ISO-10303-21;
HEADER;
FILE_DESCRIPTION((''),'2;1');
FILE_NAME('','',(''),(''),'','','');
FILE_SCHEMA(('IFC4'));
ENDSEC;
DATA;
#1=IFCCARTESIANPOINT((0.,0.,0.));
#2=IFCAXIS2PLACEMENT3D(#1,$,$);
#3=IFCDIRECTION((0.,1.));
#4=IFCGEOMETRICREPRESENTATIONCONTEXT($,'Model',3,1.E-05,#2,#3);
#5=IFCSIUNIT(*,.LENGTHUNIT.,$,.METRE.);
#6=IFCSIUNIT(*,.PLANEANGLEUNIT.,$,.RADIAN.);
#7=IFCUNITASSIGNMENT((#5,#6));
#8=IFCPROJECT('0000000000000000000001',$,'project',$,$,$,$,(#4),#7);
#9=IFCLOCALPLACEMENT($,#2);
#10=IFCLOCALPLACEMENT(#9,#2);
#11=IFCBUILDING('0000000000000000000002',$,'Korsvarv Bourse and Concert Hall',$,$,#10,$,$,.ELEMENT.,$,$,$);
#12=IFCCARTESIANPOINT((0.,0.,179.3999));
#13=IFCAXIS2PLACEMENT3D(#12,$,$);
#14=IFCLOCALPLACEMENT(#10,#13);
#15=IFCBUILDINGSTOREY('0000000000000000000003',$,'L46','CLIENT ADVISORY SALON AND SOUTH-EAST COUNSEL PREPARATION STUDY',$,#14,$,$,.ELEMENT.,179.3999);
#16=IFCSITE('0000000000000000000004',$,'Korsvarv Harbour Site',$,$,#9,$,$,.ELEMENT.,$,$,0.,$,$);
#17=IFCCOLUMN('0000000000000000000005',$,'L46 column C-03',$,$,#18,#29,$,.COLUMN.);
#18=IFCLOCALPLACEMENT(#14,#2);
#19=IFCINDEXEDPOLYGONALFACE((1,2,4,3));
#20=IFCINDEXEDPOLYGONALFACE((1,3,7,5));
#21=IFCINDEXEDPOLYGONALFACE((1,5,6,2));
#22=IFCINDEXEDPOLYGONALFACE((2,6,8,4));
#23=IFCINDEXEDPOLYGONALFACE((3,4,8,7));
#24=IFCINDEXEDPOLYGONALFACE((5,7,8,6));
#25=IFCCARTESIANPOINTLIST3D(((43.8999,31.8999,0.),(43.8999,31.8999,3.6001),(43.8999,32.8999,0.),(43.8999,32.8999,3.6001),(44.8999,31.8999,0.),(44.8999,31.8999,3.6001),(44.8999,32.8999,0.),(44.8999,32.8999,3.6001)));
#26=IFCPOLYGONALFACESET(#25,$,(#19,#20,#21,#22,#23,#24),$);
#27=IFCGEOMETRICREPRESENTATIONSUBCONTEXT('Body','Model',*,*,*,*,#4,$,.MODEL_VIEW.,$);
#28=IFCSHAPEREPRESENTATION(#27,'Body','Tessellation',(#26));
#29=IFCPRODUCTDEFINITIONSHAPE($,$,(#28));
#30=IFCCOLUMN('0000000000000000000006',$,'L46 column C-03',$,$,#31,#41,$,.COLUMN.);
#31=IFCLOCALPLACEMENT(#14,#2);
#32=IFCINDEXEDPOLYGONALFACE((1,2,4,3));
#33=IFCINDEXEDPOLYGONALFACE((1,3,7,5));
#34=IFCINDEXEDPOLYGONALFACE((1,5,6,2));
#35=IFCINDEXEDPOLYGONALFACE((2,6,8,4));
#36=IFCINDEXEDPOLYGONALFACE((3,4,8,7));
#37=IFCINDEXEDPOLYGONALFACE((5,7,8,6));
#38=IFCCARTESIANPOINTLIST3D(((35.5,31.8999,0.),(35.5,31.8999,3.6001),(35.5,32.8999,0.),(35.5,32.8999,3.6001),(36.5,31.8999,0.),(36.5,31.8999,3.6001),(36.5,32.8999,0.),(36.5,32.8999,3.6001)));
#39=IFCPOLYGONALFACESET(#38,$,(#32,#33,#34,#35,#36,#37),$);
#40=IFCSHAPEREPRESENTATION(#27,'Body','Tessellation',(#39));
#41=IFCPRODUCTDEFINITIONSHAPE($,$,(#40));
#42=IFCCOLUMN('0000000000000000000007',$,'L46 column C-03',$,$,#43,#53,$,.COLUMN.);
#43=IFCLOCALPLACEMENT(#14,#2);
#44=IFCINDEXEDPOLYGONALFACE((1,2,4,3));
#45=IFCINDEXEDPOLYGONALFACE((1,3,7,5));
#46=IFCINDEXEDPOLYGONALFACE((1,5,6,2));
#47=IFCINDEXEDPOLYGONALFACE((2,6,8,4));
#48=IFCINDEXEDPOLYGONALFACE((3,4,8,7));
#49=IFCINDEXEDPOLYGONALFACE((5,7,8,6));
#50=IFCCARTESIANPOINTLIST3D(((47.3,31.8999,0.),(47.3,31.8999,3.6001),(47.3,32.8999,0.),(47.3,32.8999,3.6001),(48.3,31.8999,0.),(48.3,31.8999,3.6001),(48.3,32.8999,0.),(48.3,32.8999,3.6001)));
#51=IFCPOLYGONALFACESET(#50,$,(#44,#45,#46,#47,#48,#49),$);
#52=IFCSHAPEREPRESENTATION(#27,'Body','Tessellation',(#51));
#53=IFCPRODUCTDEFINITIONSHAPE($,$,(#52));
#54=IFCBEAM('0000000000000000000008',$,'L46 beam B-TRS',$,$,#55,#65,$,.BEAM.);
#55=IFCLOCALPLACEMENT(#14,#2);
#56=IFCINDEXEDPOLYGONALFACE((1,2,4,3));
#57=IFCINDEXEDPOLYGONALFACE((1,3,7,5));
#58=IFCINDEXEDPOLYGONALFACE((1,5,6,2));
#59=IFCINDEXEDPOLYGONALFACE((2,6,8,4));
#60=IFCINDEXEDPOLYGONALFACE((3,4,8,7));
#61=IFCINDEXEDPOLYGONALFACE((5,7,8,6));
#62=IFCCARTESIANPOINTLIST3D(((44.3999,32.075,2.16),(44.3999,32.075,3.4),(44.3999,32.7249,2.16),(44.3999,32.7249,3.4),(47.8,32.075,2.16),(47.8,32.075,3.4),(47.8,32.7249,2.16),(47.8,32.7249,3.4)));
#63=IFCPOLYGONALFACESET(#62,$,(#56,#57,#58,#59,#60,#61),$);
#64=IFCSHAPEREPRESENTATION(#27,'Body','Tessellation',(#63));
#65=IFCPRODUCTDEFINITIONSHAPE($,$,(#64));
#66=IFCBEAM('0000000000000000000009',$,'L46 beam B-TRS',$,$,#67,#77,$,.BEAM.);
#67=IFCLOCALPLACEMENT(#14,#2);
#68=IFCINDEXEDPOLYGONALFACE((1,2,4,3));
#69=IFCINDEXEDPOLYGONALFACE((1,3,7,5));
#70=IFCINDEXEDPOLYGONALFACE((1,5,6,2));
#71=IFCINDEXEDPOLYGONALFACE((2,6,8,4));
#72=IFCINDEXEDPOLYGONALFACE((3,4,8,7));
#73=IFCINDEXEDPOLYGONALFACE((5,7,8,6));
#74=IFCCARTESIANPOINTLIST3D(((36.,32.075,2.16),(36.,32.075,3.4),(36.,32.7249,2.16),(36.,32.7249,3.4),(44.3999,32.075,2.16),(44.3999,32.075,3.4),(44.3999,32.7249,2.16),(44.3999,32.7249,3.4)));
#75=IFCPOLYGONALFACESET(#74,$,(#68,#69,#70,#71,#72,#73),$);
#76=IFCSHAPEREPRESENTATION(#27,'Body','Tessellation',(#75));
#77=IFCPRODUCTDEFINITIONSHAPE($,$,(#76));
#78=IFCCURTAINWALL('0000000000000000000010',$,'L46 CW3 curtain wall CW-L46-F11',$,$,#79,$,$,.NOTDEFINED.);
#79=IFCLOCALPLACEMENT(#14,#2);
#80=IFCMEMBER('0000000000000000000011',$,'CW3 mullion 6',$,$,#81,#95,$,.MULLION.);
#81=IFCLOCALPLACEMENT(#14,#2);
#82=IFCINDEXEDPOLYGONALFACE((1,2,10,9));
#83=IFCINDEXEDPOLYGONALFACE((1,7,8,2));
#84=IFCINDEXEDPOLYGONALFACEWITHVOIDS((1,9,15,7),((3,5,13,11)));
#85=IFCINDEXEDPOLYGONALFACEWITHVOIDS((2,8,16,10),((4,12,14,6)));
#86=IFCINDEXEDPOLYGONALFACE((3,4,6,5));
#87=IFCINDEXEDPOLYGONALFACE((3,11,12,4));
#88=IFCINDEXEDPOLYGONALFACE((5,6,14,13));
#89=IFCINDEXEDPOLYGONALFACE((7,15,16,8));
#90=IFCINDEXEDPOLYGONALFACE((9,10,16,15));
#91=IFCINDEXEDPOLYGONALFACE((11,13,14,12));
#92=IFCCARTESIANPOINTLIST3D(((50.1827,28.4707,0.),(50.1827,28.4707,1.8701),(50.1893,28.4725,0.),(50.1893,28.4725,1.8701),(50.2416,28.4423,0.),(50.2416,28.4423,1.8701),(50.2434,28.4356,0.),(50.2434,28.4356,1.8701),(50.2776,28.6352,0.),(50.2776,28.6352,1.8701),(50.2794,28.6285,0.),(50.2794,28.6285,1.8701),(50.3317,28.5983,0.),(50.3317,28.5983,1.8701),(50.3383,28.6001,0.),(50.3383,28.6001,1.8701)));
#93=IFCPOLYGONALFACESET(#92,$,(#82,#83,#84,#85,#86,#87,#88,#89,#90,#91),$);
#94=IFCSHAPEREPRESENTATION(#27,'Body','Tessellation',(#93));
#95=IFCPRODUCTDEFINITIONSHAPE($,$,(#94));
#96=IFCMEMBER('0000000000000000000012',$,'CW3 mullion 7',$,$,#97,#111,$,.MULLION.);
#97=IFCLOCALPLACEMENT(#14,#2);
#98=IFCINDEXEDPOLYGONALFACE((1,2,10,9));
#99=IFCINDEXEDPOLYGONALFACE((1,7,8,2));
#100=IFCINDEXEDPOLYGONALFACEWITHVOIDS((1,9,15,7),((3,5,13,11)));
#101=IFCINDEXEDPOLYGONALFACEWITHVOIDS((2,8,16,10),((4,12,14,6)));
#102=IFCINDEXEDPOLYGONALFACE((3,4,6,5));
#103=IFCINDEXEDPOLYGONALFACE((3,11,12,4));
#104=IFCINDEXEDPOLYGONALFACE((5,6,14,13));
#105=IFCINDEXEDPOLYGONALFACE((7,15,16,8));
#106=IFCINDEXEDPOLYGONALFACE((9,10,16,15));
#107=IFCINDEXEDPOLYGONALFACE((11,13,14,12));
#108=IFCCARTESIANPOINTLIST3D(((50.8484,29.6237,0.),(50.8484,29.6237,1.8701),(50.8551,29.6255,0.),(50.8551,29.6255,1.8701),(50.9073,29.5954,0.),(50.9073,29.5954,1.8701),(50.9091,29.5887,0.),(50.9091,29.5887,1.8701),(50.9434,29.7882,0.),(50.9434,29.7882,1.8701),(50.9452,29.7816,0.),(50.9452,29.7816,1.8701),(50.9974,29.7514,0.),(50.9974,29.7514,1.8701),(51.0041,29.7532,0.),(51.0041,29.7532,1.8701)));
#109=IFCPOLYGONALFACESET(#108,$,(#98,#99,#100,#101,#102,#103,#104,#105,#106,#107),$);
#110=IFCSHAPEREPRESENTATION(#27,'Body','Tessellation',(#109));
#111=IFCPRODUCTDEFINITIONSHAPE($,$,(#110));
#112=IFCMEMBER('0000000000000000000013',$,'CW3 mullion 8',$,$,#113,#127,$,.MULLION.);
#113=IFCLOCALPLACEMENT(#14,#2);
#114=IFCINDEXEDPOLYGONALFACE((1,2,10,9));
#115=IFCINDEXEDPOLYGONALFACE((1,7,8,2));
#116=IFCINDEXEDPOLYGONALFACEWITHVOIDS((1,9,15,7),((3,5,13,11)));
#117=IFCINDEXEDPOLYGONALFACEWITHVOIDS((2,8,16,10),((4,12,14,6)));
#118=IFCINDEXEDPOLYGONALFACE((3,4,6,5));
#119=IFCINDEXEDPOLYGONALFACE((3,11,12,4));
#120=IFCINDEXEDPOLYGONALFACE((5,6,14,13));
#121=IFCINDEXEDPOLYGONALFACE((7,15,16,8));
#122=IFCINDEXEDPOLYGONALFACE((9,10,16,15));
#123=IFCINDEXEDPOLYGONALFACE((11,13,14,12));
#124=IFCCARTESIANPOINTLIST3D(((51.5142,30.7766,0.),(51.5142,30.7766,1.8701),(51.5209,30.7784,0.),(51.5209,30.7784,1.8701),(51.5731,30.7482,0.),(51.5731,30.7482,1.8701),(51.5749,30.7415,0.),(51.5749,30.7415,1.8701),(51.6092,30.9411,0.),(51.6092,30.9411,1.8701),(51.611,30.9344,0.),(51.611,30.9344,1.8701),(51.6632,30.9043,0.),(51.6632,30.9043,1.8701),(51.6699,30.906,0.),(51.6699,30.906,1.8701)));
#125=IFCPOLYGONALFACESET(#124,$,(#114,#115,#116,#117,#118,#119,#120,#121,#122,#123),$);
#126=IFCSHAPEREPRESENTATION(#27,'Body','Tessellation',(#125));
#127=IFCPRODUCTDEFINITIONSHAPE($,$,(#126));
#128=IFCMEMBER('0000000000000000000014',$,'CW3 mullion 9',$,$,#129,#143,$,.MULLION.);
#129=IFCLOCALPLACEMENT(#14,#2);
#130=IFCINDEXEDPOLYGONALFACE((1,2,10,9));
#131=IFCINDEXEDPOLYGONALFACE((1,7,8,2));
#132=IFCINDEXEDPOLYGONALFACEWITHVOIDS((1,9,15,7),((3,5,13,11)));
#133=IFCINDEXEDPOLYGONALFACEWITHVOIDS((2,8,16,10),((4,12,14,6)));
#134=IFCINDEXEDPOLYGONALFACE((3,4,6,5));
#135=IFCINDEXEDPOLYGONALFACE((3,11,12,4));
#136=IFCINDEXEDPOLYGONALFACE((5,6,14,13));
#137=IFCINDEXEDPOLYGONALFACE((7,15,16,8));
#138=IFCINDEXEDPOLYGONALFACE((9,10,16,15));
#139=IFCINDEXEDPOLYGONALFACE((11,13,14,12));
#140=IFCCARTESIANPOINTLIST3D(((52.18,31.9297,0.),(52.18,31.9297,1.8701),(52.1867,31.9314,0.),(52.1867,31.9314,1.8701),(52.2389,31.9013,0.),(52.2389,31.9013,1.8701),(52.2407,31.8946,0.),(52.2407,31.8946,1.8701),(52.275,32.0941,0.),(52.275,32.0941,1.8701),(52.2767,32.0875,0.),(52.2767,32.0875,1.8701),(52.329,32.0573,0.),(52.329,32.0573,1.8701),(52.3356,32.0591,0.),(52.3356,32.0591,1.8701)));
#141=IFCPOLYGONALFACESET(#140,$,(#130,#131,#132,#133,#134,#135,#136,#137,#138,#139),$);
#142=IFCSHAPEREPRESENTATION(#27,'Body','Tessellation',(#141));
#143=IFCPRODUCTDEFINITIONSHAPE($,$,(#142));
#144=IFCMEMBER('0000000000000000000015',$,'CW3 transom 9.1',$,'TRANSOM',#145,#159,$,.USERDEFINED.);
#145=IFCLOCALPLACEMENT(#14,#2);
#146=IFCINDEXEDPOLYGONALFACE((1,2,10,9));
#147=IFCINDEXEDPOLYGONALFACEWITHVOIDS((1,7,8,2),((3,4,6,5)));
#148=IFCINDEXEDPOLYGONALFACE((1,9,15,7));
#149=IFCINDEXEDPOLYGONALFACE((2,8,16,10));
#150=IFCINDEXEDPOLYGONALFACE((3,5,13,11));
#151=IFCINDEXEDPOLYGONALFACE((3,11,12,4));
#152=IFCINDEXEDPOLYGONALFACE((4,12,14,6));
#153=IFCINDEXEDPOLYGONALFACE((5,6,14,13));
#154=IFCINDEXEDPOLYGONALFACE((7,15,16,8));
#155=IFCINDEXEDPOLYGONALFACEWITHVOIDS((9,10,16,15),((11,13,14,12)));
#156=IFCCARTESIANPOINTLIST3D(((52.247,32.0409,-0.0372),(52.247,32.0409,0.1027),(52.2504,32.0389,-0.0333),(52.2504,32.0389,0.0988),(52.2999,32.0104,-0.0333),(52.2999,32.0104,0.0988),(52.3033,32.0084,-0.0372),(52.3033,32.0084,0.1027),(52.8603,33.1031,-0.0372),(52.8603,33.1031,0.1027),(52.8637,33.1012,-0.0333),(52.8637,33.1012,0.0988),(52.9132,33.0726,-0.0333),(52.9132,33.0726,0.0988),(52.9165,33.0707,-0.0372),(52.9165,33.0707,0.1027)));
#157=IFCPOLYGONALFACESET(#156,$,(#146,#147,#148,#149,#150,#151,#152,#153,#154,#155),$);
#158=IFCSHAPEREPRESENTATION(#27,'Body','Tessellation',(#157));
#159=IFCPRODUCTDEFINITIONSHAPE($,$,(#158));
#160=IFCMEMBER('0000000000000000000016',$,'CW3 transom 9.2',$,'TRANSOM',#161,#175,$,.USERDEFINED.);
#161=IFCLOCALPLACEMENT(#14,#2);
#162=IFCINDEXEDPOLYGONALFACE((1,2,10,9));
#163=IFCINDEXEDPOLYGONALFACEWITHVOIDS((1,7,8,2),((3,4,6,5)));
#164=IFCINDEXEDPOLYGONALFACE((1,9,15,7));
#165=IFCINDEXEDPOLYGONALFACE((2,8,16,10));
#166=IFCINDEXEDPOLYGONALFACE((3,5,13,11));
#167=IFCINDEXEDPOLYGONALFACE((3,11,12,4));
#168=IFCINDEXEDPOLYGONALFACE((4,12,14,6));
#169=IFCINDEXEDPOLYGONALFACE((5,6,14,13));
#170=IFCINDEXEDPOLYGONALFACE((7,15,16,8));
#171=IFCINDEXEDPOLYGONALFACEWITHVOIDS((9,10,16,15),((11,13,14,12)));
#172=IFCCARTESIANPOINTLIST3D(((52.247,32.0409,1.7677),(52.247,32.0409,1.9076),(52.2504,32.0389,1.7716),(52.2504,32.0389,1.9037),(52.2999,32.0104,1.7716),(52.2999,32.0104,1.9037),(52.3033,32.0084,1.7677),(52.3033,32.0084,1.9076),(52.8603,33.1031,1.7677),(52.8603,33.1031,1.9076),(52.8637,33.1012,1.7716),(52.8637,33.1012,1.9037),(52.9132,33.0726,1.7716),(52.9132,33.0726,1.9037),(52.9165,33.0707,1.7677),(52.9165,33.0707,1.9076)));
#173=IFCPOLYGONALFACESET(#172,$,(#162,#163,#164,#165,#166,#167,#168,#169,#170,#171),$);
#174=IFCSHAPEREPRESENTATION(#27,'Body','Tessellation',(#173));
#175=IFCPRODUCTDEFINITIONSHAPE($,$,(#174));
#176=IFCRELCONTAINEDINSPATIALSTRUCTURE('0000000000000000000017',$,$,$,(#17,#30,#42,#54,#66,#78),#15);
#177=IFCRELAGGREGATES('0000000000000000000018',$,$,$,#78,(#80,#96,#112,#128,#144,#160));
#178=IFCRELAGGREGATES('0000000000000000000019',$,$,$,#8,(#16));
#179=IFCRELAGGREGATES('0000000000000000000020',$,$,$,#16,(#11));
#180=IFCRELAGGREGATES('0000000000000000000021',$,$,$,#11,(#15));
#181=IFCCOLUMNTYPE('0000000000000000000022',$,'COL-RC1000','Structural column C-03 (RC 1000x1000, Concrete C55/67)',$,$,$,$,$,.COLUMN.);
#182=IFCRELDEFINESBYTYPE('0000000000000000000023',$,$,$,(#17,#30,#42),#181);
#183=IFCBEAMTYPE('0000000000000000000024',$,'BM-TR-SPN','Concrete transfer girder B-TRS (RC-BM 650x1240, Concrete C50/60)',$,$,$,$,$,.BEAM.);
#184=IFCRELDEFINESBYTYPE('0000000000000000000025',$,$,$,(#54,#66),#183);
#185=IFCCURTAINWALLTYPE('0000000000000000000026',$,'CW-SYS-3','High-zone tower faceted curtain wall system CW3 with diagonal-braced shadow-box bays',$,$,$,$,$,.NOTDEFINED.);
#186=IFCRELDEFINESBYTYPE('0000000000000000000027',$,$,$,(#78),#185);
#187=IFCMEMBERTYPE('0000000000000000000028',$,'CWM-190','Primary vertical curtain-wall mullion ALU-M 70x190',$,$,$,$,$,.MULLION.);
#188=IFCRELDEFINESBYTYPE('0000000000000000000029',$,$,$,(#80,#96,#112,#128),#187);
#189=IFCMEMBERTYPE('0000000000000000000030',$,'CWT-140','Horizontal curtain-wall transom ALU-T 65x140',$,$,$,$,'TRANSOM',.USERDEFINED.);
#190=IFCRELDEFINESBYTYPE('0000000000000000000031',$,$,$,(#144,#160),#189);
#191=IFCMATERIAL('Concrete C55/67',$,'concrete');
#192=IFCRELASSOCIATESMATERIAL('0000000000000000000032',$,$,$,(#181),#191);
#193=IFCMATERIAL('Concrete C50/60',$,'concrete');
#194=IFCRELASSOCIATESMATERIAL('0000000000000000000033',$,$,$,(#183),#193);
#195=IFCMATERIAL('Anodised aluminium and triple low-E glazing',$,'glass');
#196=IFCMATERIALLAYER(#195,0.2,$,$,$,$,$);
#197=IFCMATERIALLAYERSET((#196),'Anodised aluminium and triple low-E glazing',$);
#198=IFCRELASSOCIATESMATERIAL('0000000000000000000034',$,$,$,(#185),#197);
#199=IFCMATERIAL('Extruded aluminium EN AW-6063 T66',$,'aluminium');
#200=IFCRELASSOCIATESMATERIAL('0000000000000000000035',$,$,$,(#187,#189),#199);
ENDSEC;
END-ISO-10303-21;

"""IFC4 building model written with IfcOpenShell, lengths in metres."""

from ifc_helpers import new_model, si_unit, direction, frame, origin, origin_2d, place, context, subcontext, project, spatial, rectangle, hollow_rectangle, extrude, source, transform, mapped, material, layer, layer_set, material_profile, profile_set, type_object, element, aggregate, save


model = new_model("IFC4")

# Units and contexts
model_context = context("Model", 3, precision=1e-05, world=origin(), true_north=direction((0.0, 1.0)))
body_context = subcontext(model_context, "Body", "Model", "MODEL_VIEW")
ifc_project = project(units=[si_unit("LENGTHUNIT", "METRE"), si_unit("PLANEANGLEUNIT", "RADIAN")], contexts=[model_context])

# Site, building, storey
site_placement = place(None, origin())
site = spatial("IfcSite", under=ifc_project, at=site_placement, Name="Korsvarv Harbour Site", CompositionType="ELEMENT", RefElevation=0.0)
building_placement = place(site_placement, origin())
building = spatial("IfcBuilding", under=site, at=building_placement, Name="Korsvarv Bourse and Concert Hall", CompositionType="ELEMENT")
storey_placement = place(building_placement, frame((0.0, 0.0, 179.3999)))
storey = spatial("IfcBuildingStorey", under=building, at=storey_placement, Name="L46", Description="CLIENT ADVISORY SALON AND SOUTH-EAST COUNSEL PREPARATION STUDY", CompositionType="ELEMENT", Elevation=179.3999)

# Columns
ifc_material_1 = material(Name="Concrete C55/67", Category="concrete")
ifc_material_profile_1 = material_profile(ifc_material_1, rectangle(XDim=1.0, YDim=1.0, at=origin_2d()), Name="RC 1000x1000")
ifc_profile_set_1 = profile_set([ifc_material_profile_1], Name="Concrete C55/67")
column_type = type_object("IfcColumnType", Name="COL-RC1000", Description="Structural column C-03 (RC 1000x1000, Concrete C55/67)", PredefinedType="COLUMN", material=ifc_profile_set_1)
shared_shape_1 = source(origin(), body_context, "Body", "SweptSolid", [
    extrude(rectangle(XDim=1.0, YDim=1.0, at=origin_2d()), origin(), (0.0, 0.0, 1.0), 3.6001),
])
for number, where, z_axis, x_axis, name in (
    (1, (44.3999, 32.3999, 0.0), (0.0, 0.0, 1.0), (1.0, 0.0, 0.0), "L46 column C-03"),
    (2, (36.0, 32.3999, 0.0), (0.0, 0.0, 1.0), (1.0, 0.0, 0.0), "L46 column C-03"),
    (3, (47.8, 32.3999, 0.0), (0.0, 0.0, 1.0), (1.0, 0.0, 0.0), "L46 column C-03"),
):
    element("IfcColumn", number, at=place(storey_placement, frame(where, z_axis=z_axis, x_axis=x_axis)), inside=storey, type_object=column_type, Name=name, PredefinedType="COLUMN", context=body_context, shape_type="MappedRepresentation", body=[
        mapped(shared_shape_1, transform((0.0, 0.0, 0.0), scale=1.0)),
    ])

# Beams
ifc_material_2 = material(Name="Concrete C50/60", Category="concrete")
ifc_material_profile_2 = material_profile(ifc_material_2, rectangle(XDim=0.6499, YDim=1.24, at=origin_2d()), Name="RC-BM 650x1240")
ifc_profile_set_2 = profile_set([ifc_material_profile_2], Name="Concrete C50/60")
beam_type = type_object("IfcBeamType", Name="BM-TR-SPN", Description="Concrete transfer girder B-TRS (RC-BM 650x1240, Concrete C50/60)", PredefinedType="BEAM", material=ifc_profile_set_2)
shared_shape_2 = source(origin(), body_context, "Body", "SweptSolid", [
    extrude(rectangle(XDim=0.6499, YDim=1.24, at=origin_2d()), origin(), (0.0, 0.0, 1.0), 3.4001),
])
beam_1_placement = place(storey_placement, frame((44.3999, 32.3999, 2.78), z_axis=(1.0, 0.0, 0.0), x_axis=(0.0, 1.0, 0.0)))
element("IfcBeam", 4, at=beam_1_placement, inside=storey, type_object=beam_type, Name="L46 beam B-TRS", PredefinedType="BEAM", context=body_context, shape_type="MappedRepresentation", body=[
    mapped(shared_shape_2, transform((0.0, 0.0, 0.0), scale=1.0)),
])
shared_shape_3 = source(origin(), body_context, "Body", "SweptSolid", [
    extrude(rectangle(XDim=0.6499, YDim=1.24, at=origin_2d()), origin(), (0.0, 0.0, 1.0), 8.3999),
])
beam_2_placement = place(storey_placement, frame((36.0, 32.3999, 2.78), z_axis=(1.0, 0.0, 0.0), x_axis=(0.0, 1.0, 0.0)))
element("IfcBeam", 5, at=beam_2_placement, inside=storey, type_object=beam_type, Name="L46 beam B-TRS", PredefinedType="BEAM", context=body_context, shape_type="MappedRepresentation", body=[
    mapped(shared_shape_3, transform((0.0, 0.0, 0.0), scale=1.0)),
])

# Curtain wall, members
ifc_material_3 = material(Name="Anodised aluminium and triple low-E glazing", Category="glass")
ifc_layer_1 = layer(ifc_material_3, 0.2)
ifc_layer_set_1 = layer_set([ifc_layer_1], Name="Anodised aluminium and triple low-E glazing")
curtain_wall_type = type_object("IfcCurtainWallType", Name="CW-SYS-3", Description="High-zone tower faceted curtain wall system CW3 with diagonal-braced shadow-box bays", PredefinedType="NOTDEFINED", material=ifc_layer_set_1)
curtain_wall_placement = place(storey_placement, origin())
curtain_wall = element("IfcCurtainWall", 6, at=curtain_wall_placement, inside=storey, type_object=curtain_wall_type, Name="L46 CW3 curtain wall CW-L46-F11", PredefinedType="NOTDEFINED")
ifc_material_4 = material(Name="Extruded aluminium EN AW-6063 T66", Category="aluminium")
ifc_material_profile_3 = material_profile(ifc_material_4, hollow_rectangle(XDim=0.0701, YDim=0.1899, WallThickness=0.0049, at=origin_2d()), Name="ALU-M 70x190")
ifc_profile_set_3 = profile_set([ifc_material_profile_3], Name="Extruded aluminium EN AW-6063 T66")
member_type_1 = type_object("IfcMemberType", Name="CWM-190", Description="Primary vertical curtain-wall mullion ALU-M 70x190", PredefinedType="MULLION", material=ifc_profile_set_3)
shared_shape_4 = source(origin(), body_context, "Body", "SweptSolid", [
    extrude(hollow_rectangle(XDim=0.0701, YDim=0.1899, WallThickness=0.0049, at=origin_2d()), origin(), (0.0, 0.0, 1.0), 1.8701),
])
member_1_placement = place(storey_placement, frame((50.2605, 28.5354, 0.0), z_axis=(0.0, 0.0, 1.0), x_axis=(-0.866029, 0.499994, 0.0)))
member_1 = element("IfcMember", 7, at=member_1_placement, type_object=member_type_1, Name="CW3 mullion 6", PredefinedType="MULLION", context=body_context, shape_type="MappedRepresentation", body=[
    mapped(shared_shape_4, transform((0.0, 0.0, 0.0), scale=1.0)),
])
member_2_placement = place(storey_placement, frame((50.9263, 29.6885, 0.0), z_axis=(0.0, 0.0, 1.0), x_axis=(-0.866029, 0.499994, 0.0)))
member_2 = element("IfcMember", 8, at=member_2_placement, type_object=member_type_1, Name="CW3 mullion 7", PredefinedType="MULLION", context=body_context, shape_type="MappedRepresentation", body=[
    mapped(shared_shape_4, transform((0.0, 0.0, 0.0), scale=1.0)),
])
member_3_placement = place(storey_placement, frame((51.592, 30.8413, 0.0), z_axis=(0.0, 0.0, 1.0), x_axis=(-0.866029, 0.499994, 0.0)))
member_3 = element("IfcMember", 9, at=member_3_placement, type_object=member_type_1, Name="CW3 mullion 8", PredefinedType="MULLION", context=body_context, shape_type="MappedRepresentation", body=[
    mapped(shared_shape_4, transform((0.0, 0.0, 0.0), scale=1.0)),
])
member_4_placement = place(storey_placement, frame((52.2578, 31.9944, 0.0), z_axis=(0.0, 0.0, 1.0), x_axis=(-0.866029, 0.499994, 0.0)))
member_4 = element("IfcMember", 10, at=member_4_placement, type_object=member_type_1, Name="CW3 mullion 9", PredefinedType="MULLION", context=body_context, shape_type="MappedRepresentation", body=[
    mapped(shared_shape_4, transform((0.0, 0.0, 0.0), scale=1.0)),
])
ifc_material_profile_4 = material_profile(ifc_material_4, hollow_rectangle(XDim=0.0649, YDim=0.1399, WallThickness=0.0039, at=origin_2d()), Name="ALU-T 65x140")
ifc_profile_set_4 = profile_set([ifc_material_profile_4], Name="Extruded aluminium EN AW-6063 T66")
member_type_2 = type_object("IfcMemberType", Name="CWT-140", Description="Horizontal curtain-wall transom ALU-T 65x140", ElementType="TRANSOM", PredefinedType="USERDEFINED", material=ifc_profile_set_4)
shared_shape_5 = source(origin(), body_context, "Body", "SweptSolid", [
    extrude(hollow_rectangle(XDim=0.0649, YDim=0.1399, WallThickness=0.0039, at=origin_2d()), origin(), (0.0, 0.0, 1.0), 1.2266),
])
member_5_placement = place(storey_placement, frame((52.2751, 32.0247, 0.0327), z_axis=(0.499992, 0.86603, 0.0), x_axis=(-0.86603, 0.499992, 0.0)))
member_5 = element("IfcMember", 11, at=member_5_placement, type_object=member_type_2, Name="CW3 transom 9.1", ObjectType="TRANSOM", PredefinedType="USERDEFINED", context=body_context, shape_type="MappedRepresentation", body=[
    mapped(shared_shape_5, transform((0.0, 0.0, 0.0), scale=1.0)),
])
member_6_placement = place(storey_placement, frame((52.2751, 32.0247, 1.8376), z_axis=(0.499992, 0.86603, 0.0), x_axis=(-0.86603, 0.499992, 0.0)))
member_6 = element("IfcMember", 12, at=member_6_placement, type_object=member_type_2, Name="CW3 transom 9.2", ObjectType="TRANSOM", PredefinedType="USERDEFINED", context=body_context, shape_type="MappedRepresentation", body=[
    mapped(shared_shape_5, transform((0.0, 0.0, 0.0), scale=1.0)),
])
aggregate(curtain_wall, [member_1, member_2, member_3, member_4, member_5, member_6])

save(model, "model.ifc")
